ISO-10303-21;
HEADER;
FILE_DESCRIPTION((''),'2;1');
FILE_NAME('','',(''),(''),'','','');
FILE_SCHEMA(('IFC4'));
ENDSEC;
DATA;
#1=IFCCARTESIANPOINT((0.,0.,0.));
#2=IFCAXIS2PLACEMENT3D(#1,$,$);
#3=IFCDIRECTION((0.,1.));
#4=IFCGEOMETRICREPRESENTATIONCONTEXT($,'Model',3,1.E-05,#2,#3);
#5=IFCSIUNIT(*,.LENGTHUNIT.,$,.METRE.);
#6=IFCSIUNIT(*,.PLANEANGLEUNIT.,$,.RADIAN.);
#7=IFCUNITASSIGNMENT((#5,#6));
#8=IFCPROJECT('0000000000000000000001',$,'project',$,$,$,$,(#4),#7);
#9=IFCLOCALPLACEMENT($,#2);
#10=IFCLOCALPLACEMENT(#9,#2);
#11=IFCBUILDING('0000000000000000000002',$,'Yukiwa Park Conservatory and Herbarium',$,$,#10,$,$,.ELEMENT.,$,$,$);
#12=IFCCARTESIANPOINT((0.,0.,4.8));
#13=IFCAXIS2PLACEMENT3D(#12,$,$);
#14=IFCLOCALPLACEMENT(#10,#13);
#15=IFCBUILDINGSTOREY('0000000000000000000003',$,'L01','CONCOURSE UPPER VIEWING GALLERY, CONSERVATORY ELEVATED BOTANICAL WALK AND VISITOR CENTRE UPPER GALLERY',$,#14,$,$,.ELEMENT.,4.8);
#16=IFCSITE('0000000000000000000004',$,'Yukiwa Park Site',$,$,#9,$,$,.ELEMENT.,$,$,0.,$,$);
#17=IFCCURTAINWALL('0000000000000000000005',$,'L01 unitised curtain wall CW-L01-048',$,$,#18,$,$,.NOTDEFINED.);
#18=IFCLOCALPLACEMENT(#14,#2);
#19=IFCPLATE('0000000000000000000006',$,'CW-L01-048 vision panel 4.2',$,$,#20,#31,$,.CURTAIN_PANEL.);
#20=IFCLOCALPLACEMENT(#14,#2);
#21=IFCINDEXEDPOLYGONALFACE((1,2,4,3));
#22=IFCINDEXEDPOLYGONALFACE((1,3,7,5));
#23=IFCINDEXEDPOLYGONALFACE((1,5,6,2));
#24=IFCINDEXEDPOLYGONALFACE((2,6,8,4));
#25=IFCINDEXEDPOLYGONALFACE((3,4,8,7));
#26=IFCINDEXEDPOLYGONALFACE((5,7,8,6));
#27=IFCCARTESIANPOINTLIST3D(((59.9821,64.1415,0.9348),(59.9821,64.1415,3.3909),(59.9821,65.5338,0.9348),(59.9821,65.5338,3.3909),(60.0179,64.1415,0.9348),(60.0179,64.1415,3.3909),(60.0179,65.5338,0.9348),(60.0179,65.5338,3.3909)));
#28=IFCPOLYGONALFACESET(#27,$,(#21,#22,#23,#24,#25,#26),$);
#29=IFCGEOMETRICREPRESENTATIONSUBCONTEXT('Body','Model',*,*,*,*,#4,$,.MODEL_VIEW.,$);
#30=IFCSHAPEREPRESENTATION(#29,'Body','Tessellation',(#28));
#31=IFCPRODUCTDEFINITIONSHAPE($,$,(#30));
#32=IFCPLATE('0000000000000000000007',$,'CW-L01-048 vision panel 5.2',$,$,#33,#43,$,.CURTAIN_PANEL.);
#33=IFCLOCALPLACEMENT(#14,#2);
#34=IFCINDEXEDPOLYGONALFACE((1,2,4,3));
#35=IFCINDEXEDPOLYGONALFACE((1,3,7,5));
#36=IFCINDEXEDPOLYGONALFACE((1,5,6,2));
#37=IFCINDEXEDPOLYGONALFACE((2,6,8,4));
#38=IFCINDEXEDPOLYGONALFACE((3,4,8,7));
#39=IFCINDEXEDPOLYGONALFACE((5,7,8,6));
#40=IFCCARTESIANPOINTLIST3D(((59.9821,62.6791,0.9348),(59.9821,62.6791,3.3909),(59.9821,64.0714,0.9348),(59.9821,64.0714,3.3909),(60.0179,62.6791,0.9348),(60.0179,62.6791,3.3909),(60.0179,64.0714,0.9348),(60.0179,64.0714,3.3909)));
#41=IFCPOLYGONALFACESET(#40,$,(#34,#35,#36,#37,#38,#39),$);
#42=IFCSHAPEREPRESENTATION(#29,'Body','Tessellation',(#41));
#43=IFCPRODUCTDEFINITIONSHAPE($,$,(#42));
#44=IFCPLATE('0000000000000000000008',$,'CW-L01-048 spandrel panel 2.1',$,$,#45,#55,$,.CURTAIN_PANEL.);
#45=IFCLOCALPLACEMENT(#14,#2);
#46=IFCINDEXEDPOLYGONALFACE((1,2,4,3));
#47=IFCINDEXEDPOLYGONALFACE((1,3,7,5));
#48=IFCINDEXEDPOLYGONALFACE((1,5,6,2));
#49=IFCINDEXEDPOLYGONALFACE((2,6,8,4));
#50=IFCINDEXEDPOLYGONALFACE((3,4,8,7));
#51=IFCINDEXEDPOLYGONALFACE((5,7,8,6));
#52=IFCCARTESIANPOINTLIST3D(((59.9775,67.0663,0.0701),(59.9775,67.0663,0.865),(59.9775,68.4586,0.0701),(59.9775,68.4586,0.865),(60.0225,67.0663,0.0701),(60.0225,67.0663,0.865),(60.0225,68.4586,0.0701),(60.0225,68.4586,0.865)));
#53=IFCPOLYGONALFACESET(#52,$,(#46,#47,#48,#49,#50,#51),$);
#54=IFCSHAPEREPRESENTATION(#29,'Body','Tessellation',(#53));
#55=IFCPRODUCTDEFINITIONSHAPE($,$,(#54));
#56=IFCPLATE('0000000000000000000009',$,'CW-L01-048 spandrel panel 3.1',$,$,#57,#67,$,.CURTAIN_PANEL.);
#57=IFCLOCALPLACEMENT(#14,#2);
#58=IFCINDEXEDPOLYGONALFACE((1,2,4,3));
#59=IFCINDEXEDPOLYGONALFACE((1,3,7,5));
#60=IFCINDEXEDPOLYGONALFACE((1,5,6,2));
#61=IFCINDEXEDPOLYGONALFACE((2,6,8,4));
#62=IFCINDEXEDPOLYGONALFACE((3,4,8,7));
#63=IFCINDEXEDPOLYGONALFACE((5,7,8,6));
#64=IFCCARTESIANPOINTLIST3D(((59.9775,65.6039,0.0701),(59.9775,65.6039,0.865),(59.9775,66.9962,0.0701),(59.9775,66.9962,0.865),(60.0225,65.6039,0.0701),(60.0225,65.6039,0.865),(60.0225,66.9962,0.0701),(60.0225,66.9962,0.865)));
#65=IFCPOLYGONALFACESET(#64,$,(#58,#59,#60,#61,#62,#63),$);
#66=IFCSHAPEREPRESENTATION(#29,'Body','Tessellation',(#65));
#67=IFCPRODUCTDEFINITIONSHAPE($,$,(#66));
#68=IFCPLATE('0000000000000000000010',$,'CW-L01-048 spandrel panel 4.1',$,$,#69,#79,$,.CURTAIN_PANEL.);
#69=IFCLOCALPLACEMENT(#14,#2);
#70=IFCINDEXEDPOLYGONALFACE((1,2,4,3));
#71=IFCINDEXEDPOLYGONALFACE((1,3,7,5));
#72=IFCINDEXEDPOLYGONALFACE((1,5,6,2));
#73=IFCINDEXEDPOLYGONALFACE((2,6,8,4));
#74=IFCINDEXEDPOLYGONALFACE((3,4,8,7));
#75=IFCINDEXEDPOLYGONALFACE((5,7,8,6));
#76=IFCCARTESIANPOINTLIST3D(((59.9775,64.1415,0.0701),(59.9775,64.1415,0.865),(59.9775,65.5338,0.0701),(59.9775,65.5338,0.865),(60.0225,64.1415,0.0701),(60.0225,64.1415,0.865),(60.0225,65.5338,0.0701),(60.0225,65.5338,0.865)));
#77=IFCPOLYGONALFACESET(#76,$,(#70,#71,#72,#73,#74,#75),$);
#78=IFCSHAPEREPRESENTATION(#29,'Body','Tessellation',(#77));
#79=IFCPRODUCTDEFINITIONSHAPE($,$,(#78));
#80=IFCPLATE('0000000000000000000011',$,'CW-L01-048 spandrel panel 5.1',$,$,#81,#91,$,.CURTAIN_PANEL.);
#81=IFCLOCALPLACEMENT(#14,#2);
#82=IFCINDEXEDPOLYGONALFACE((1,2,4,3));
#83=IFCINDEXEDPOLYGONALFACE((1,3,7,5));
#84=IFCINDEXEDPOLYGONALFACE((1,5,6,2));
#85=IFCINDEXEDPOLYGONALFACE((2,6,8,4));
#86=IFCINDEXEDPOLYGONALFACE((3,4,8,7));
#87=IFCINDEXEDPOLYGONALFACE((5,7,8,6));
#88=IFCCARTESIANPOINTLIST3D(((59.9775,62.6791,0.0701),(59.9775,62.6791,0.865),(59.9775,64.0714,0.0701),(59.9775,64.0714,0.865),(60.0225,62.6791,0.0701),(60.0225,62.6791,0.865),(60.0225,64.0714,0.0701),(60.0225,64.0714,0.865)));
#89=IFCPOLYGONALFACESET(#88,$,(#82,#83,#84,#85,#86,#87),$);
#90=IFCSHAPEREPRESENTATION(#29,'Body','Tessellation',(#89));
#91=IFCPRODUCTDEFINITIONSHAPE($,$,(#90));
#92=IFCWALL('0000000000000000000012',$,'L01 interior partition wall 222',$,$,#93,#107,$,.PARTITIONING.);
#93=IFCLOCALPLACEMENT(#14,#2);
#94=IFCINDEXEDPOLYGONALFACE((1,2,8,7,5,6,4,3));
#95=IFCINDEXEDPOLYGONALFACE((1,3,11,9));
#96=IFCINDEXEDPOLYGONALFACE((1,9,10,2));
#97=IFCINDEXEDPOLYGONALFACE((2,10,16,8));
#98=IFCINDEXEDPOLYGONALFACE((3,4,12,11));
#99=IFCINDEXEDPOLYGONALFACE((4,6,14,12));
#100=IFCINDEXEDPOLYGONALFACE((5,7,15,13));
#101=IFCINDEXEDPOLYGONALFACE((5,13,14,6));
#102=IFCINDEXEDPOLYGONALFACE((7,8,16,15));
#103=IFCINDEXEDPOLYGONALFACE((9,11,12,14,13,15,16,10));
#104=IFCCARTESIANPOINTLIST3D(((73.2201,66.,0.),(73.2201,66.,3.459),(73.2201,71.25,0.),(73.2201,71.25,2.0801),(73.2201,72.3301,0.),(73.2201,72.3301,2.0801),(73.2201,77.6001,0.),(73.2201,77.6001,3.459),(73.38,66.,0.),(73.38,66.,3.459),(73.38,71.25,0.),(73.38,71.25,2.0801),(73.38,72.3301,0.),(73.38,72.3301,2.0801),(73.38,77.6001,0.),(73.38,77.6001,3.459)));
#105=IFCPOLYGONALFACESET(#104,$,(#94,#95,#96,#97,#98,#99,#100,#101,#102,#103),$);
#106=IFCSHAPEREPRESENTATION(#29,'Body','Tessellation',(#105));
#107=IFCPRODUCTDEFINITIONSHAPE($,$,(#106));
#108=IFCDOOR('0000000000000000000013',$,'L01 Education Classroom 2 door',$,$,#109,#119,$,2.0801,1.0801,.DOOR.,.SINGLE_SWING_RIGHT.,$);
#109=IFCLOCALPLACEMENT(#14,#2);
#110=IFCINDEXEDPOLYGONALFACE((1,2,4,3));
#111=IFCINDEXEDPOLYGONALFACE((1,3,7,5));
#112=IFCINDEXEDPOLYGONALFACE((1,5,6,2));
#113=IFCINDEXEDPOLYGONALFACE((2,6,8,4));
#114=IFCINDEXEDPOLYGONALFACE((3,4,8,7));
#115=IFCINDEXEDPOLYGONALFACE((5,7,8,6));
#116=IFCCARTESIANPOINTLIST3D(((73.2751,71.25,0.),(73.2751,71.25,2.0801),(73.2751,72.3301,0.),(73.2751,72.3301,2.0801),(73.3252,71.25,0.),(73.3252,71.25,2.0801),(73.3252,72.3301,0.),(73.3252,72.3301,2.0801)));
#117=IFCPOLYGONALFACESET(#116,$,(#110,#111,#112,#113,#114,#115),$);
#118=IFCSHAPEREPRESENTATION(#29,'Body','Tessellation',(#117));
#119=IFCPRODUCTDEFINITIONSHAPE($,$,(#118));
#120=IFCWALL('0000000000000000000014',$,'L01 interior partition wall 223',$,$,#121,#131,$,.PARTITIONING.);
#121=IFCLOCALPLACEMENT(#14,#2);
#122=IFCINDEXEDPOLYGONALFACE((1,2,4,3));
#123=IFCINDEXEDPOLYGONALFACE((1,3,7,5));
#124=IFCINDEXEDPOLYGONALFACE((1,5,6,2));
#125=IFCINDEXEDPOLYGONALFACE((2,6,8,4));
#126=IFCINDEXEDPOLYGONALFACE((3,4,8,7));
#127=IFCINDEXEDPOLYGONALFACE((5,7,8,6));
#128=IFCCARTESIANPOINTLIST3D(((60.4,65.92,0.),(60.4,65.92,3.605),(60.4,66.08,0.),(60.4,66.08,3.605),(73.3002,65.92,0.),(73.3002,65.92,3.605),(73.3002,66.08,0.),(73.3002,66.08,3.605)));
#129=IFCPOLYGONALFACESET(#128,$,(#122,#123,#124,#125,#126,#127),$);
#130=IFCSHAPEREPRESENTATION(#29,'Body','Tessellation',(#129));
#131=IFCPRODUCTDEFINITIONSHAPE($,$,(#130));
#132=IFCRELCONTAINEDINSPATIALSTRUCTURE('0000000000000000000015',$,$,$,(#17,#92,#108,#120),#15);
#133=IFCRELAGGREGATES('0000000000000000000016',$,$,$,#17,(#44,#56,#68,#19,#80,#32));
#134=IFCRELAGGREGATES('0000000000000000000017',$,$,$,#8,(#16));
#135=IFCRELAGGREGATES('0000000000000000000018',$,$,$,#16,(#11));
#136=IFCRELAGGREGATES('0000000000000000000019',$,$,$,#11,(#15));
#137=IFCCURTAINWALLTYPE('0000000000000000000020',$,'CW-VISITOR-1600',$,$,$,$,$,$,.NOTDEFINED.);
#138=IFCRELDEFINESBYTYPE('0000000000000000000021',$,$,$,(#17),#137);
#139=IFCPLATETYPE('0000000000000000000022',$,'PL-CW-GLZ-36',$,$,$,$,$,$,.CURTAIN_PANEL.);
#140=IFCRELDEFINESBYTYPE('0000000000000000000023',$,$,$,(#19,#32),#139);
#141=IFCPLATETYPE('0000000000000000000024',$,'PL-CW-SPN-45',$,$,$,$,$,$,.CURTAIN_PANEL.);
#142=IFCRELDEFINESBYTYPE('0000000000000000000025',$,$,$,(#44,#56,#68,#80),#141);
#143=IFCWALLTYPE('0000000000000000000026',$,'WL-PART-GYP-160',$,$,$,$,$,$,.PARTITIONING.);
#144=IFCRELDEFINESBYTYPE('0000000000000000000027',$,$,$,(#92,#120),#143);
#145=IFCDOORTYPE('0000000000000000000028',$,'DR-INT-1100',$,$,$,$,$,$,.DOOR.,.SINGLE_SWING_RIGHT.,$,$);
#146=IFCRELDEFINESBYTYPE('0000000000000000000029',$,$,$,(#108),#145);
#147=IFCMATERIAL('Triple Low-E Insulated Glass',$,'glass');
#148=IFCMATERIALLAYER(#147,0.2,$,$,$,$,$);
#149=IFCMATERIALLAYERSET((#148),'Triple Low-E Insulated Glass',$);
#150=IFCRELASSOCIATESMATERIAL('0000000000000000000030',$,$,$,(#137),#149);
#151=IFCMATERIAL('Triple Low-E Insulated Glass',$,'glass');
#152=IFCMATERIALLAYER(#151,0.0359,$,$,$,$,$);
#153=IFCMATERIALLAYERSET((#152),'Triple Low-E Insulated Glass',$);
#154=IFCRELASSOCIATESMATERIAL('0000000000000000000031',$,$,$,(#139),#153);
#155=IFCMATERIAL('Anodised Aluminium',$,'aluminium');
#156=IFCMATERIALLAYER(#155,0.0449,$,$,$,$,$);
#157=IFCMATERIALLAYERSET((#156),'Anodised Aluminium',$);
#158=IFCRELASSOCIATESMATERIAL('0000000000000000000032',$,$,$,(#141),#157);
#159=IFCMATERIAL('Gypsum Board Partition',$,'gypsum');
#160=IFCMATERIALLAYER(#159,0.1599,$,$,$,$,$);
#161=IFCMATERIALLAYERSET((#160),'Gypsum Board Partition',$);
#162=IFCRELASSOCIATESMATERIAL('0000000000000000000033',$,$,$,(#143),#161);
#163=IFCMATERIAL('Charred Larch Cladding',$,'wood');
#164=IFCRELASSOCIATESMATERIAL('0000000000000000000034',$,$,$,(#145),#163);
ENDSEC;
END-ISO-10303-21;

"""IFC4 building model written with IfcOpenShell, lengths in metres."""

from ifc_helpers import new_model, si_unit, direction, frame, frame_2d, origin, origin_2d, place, context, subcontext, project, spatial, rectangle, extrude, material, layer, layer_set, type_object, element, fill, aggregate, save


model = new_model("IFC4")

# Units and contexts
model_context = context("Model", 3, precision=1e-05, world=origin(), true_north=direction((0.0, 1.0)))
body_context = subcontext(model_context, "Body", "Model", "MODEL_VIEW")
ifc_project = project(units=[si_unit("LENGTHUNIT", "METRE"), si_unit("PLANEANGLEUNIT", "RADIAN")], contexts=[model_context])

# Site, building, storey
site_placement = place(None, origin())
site = spatial("IfcSite", under=ifc_project, at=site_placement, Name="Yukiwa Park Site", CompositionType="ELEMENT", RefElevation=0.0)
building_placement = place(site_placement, origin())
building = spatial("IfcBuilding", under=site, at=building_placement, Name="Yukiwa Park Conservatory and Herbarium", CompositionType="ELEMENT")
storey_placement = place(building_placement, frame((0.0, 0.0, 4.8)))
storey = spatial("IfcBuildingStorey", under=building, at=storey_placement, Name="L01", Description="CONCOURSE UPPER VIEWING GALLERY, CONSERVATORY ELEVATED BOTANICAL WALK AND VISITOR CENTRE UPPER GALLERY", CompositionType="ELEMENT", Elevation=4.8)

# Curtain wall, plates
ifc_material_1 = material(Name="Triple Low-E Insulated Glass", Category="glass")
ifc_layer_1 = layer(ifc_material_1, 0.2)
ifc_layer_set_1 = layer_set([ifc_layer_1], Name="Triple Low-E Insulated Glass")
curtain_wall_type = type_object("IfcCurtainWallType", Name="CW-VISITOR-1600", PredefinedType="NOTDEFINED", material=ifc_layer_set_1)
curtain_wall_placement = place(storey_placement, origin())
curtain_wall = element("IfcCurtainWall", 1, at=curtain_wall_placement, inside=storey, type_object=curtain_wall_type, Name="L01 unitised curtain wall CW-L01-048", PredefinedType="NOTDEFINED")
ifc_material_2 = material(Name="Triple Low-E Insulated Glass", Category="glass")
ifc_layer_2 = layer(ifc_material_2, 0.0359)
ifc_layer_set_2 = layer_set([ifc_layer_2], Name="Triple Low-E Insulated Glass")
plate_type_1 = type_object("IfcPlateType", Name="PL-CW-GLZ-36", PredefinedType="CURTAIN_PANEL", material=ifc_layer_set_2)
plate_1_placement = place(storey_placement, frame((60.0, 64.8376, 0.9348), z_axis=(0.0, 0.0, 1.0), x_axis=(0.0, -1.0, 0.0)))
plate_1 = element("IfcPlate", 2, at=plate_1_placement, type_object=plate_type_1, Name="CW-L01-048 vision panel 4.2", PredefinedType="CURTAIN_PANEL", context=body_context, shape_type="SweptSolid", body=[
    extrude(rectangle(XDim=1.3923, YDim=0.0359, at=origin_2d()), origin(), (0.0, 0.0, 1.0), 2.4561),
])
plate_2_placement = place(storey_placement, frame((60.0, 63.3752, 0.9348), z_axis=(0.0, 0.0, 1.0), x_axis=(0.0, -1.0, 0.0)))
plate_2 = element("IfcPlate", 3, at=plate_2_placement, type_object=plate_type_1, Name="CW-L01-048 vision panel 5.2", PredefinedType="CURTAIN_PANEL", context=body_context, shape_type="SweptSolid", body=[
    extrude(rectangle(XDim=1.3923, YDim=0.0359, at=origin_2d()), origin(), (0.0, 0.0, 1.0), 2.4561),
])
ifc_material_3 = material(Name="Anodised Aluminium", Category="aluminium")
ifc_layer_3 = layer(ifc_material_3, 0.0449)
ifc_layer_set_3 = layer_set([ifc_layer_3], Name="Anodised Aluminium")
plate_type_2 = type_object("IfcPlateType", Name="PL-CW-SPN-45", PredefinedType="CURTAIN_PANEL", material=ifc_layer_set_3)
plate_3_placement = place(storey_placement, frame((60.0, 67.7625, 0.0701), z_axis=(0.0, 0.0, 1.0), x_axis=(0.0, -1.0, 0.0)))
plate_3 = element("IfcPlate", 4, at=plate_3_placement, type_object=plate_type_2, Name="CW-L01-048 spandrel panel 2.1", PredefinedType="CURTAIN_PANEL", context=body_context, shape_type="SweptSolid", body=[
    extrude(rectangle(XDim=1.3923, YDim=0.0449, at=origin_2d()), origin(), (0.0, 0.0, 1.0), 0.7949),
])
plate_4_placement = place(storey_placement, frame((60.0, 66.3, 0.0701), z_axis=(0.0, 0.0, 1.0), x_axis=(0.0, -1.0, 0.0)))
plate_4 = element("IfcPlate", 5, at=plate_4_placement, type_object=plate_type_2, Name="CW-L01-048 spandrel panel 3.1", PredefinedType="CURTAIN_PANEL", context=body_context, shape_type="SweptSolid", body=[
    extrude(rectangle(XDim=1.3923, YDim=0.0449, at=origin_2d()), origin(), (0.0, 0.0, 1.0), 0.7949),
])
plate_5_placement = place(storey_placement, frame((60.0, 64.8376, 0.0701), z_axis=(0.0, 0.0, 1.0), x_axis=(0.0, -1.0, 0.0)))
plate_5 = element("IfcPlate", 6, at=plate_5_placement, type_object=plate_type_2, Name="CW-L01-048 spandrel panel 4.1", PredefinedType="CURTAIN_PANEL", context=body_context, shape_type="SweptSolid", body=[
    extrude(rectangle(XDim=1.3923, YDim=0.0449, at=origin_2d()), origin(), (0.0, 0.0, 1.0), 0.7949),
])
plate_6_placement = place(storey_placement, frame((60.0, 63.3752, 0.0701), z_axis=(0.0, 0.0, 1.0), x_axis=(0.0, -1.0, 0.0)))
plate_6 = element("IfcPlate", 7, at=plate_6_placement, type_object=plate_type_2, Name="CW-L01-048 spandrel panel 5.1", PredefinedType="CURTAIN_PANEL", context=body_context, shape_type="SweptSolid", body=[
    extrude(rectangle(XDim=1.3923, YDim=0.0449, at=origin_2d()), origin(), (0.0, 0.0, 1.0), 0.7949),
])
aggregate(curtain_wall, [plate_3, plate_4, plate_5, plate_1, plate_6, plate_2])

# Wall, opening, door
ifc_material_4 = material(Name="Gypsum Board Partition", Category="gypsum")
ifc_layer_4 = layer(ifc_material_4, 0.1599)
ifc_layer_set_4 = layer_set([ifc_layer_4], Name="Gypsum Board Partition")
wall_type = type_object("IfcWallType", Name="WL-PART-GYP-160", PredefinedType="PARTITIONING", material=ifc_layer_set_4)
wall_1_placement = place(storey_placement, frame((73.3, 66.0, 0.0), z_axis=(0.0, 0.0, 1.0), x_axis=(0.0, 1.0, 0.0)))
wall_1 = element("IfcWall", 8, at=wall_1_placement, inside=storey, type_object=wall_type, Name="L01 interior partition wall 222", PredefinedType="PARTITIONING", context=body_context, shape_type="SweptSolid", body=[
    extrude(rectangle(XDim=11.6001, YDim=0.1599, at=frame_2d((5.8, 0.0))), origin(), (0.0, 0.0, 1.0), 3.459),
])
opening_placement = place(wall_1_placement, frame((5.25, 0.0, 0.0)))
opening = element("IfcOpeningElement", 9, at=opening_placement, cuts=wall_1, PredefinedType="OPENING", context=body_context, shape_type="SweptSolid", body=[
    extrude(rectangle(XDim=1.0801, YDim=2.0801, at=frame_2d((0.54, 1.04))), frame((0.0, 0.0898, 0.0), z_axis=(0.0, -1.0, 0.0), x_axis=(1.0, 0.0, 0.0)), (0.0, 0.0, 1.0), 0.1799),
])
ifc_material_5 = material(Name="Charred Larch Cladding", Category="wood")
door_type = type_object("IfcDoorType", Name="DR-INT-1100", OperationType="SINGLE_SWING_RIGHT", PredefinedType="DOOR", material=ifc_material_5)
door_placement = place(opening_placement, origin())
door = element("IfcDoor", 10, at=door_placement, inside=storey, type_object=door_type, Name="L01 Education Classroom 2 door", OperationType="SINGLE_SWING_RIGHT", OverallHeight=2.0801, OverallWidth=1.0801, PredefinedType="DOOR", context=body_context, shape_type="SweptSolid", body=[
    extrude(rectangle(XDim=1.0801, YDim=2.0801, at=frame_2d((0.54, 1.04))), frame((0.0, 0.0249, 0.0), z_axis=(0.0, -1.0, 0.0), x_axis=(1.0, 0.0, 0.0)), (0.0, 0.0, 1.0), 0.05),
])
fill(opening, door)

# Wall
wall_2_placement = place(storey_placement, frame((60.3999, 66.0, 0.0), z_axis=(0.0, 0.0, 1.0), x_axis=(1.0, 0.0, 0.0)))
element("IfcWall", 11, at=wall_2_placement, inside=storey, type_object=wall_type, Name="L01 interior partition wall 223", PredefinedType="PARTITIONING", context=body_context, shape_type="SweptSolid", body=[
    extrude(rectangle(XDim=12.9001, YDim=0.1599, at=frame_2d((6.4502, 0.0))), origin(), (0.0, 0.0, 1.0), 3.605),
])

save(model, "model.ifc")
